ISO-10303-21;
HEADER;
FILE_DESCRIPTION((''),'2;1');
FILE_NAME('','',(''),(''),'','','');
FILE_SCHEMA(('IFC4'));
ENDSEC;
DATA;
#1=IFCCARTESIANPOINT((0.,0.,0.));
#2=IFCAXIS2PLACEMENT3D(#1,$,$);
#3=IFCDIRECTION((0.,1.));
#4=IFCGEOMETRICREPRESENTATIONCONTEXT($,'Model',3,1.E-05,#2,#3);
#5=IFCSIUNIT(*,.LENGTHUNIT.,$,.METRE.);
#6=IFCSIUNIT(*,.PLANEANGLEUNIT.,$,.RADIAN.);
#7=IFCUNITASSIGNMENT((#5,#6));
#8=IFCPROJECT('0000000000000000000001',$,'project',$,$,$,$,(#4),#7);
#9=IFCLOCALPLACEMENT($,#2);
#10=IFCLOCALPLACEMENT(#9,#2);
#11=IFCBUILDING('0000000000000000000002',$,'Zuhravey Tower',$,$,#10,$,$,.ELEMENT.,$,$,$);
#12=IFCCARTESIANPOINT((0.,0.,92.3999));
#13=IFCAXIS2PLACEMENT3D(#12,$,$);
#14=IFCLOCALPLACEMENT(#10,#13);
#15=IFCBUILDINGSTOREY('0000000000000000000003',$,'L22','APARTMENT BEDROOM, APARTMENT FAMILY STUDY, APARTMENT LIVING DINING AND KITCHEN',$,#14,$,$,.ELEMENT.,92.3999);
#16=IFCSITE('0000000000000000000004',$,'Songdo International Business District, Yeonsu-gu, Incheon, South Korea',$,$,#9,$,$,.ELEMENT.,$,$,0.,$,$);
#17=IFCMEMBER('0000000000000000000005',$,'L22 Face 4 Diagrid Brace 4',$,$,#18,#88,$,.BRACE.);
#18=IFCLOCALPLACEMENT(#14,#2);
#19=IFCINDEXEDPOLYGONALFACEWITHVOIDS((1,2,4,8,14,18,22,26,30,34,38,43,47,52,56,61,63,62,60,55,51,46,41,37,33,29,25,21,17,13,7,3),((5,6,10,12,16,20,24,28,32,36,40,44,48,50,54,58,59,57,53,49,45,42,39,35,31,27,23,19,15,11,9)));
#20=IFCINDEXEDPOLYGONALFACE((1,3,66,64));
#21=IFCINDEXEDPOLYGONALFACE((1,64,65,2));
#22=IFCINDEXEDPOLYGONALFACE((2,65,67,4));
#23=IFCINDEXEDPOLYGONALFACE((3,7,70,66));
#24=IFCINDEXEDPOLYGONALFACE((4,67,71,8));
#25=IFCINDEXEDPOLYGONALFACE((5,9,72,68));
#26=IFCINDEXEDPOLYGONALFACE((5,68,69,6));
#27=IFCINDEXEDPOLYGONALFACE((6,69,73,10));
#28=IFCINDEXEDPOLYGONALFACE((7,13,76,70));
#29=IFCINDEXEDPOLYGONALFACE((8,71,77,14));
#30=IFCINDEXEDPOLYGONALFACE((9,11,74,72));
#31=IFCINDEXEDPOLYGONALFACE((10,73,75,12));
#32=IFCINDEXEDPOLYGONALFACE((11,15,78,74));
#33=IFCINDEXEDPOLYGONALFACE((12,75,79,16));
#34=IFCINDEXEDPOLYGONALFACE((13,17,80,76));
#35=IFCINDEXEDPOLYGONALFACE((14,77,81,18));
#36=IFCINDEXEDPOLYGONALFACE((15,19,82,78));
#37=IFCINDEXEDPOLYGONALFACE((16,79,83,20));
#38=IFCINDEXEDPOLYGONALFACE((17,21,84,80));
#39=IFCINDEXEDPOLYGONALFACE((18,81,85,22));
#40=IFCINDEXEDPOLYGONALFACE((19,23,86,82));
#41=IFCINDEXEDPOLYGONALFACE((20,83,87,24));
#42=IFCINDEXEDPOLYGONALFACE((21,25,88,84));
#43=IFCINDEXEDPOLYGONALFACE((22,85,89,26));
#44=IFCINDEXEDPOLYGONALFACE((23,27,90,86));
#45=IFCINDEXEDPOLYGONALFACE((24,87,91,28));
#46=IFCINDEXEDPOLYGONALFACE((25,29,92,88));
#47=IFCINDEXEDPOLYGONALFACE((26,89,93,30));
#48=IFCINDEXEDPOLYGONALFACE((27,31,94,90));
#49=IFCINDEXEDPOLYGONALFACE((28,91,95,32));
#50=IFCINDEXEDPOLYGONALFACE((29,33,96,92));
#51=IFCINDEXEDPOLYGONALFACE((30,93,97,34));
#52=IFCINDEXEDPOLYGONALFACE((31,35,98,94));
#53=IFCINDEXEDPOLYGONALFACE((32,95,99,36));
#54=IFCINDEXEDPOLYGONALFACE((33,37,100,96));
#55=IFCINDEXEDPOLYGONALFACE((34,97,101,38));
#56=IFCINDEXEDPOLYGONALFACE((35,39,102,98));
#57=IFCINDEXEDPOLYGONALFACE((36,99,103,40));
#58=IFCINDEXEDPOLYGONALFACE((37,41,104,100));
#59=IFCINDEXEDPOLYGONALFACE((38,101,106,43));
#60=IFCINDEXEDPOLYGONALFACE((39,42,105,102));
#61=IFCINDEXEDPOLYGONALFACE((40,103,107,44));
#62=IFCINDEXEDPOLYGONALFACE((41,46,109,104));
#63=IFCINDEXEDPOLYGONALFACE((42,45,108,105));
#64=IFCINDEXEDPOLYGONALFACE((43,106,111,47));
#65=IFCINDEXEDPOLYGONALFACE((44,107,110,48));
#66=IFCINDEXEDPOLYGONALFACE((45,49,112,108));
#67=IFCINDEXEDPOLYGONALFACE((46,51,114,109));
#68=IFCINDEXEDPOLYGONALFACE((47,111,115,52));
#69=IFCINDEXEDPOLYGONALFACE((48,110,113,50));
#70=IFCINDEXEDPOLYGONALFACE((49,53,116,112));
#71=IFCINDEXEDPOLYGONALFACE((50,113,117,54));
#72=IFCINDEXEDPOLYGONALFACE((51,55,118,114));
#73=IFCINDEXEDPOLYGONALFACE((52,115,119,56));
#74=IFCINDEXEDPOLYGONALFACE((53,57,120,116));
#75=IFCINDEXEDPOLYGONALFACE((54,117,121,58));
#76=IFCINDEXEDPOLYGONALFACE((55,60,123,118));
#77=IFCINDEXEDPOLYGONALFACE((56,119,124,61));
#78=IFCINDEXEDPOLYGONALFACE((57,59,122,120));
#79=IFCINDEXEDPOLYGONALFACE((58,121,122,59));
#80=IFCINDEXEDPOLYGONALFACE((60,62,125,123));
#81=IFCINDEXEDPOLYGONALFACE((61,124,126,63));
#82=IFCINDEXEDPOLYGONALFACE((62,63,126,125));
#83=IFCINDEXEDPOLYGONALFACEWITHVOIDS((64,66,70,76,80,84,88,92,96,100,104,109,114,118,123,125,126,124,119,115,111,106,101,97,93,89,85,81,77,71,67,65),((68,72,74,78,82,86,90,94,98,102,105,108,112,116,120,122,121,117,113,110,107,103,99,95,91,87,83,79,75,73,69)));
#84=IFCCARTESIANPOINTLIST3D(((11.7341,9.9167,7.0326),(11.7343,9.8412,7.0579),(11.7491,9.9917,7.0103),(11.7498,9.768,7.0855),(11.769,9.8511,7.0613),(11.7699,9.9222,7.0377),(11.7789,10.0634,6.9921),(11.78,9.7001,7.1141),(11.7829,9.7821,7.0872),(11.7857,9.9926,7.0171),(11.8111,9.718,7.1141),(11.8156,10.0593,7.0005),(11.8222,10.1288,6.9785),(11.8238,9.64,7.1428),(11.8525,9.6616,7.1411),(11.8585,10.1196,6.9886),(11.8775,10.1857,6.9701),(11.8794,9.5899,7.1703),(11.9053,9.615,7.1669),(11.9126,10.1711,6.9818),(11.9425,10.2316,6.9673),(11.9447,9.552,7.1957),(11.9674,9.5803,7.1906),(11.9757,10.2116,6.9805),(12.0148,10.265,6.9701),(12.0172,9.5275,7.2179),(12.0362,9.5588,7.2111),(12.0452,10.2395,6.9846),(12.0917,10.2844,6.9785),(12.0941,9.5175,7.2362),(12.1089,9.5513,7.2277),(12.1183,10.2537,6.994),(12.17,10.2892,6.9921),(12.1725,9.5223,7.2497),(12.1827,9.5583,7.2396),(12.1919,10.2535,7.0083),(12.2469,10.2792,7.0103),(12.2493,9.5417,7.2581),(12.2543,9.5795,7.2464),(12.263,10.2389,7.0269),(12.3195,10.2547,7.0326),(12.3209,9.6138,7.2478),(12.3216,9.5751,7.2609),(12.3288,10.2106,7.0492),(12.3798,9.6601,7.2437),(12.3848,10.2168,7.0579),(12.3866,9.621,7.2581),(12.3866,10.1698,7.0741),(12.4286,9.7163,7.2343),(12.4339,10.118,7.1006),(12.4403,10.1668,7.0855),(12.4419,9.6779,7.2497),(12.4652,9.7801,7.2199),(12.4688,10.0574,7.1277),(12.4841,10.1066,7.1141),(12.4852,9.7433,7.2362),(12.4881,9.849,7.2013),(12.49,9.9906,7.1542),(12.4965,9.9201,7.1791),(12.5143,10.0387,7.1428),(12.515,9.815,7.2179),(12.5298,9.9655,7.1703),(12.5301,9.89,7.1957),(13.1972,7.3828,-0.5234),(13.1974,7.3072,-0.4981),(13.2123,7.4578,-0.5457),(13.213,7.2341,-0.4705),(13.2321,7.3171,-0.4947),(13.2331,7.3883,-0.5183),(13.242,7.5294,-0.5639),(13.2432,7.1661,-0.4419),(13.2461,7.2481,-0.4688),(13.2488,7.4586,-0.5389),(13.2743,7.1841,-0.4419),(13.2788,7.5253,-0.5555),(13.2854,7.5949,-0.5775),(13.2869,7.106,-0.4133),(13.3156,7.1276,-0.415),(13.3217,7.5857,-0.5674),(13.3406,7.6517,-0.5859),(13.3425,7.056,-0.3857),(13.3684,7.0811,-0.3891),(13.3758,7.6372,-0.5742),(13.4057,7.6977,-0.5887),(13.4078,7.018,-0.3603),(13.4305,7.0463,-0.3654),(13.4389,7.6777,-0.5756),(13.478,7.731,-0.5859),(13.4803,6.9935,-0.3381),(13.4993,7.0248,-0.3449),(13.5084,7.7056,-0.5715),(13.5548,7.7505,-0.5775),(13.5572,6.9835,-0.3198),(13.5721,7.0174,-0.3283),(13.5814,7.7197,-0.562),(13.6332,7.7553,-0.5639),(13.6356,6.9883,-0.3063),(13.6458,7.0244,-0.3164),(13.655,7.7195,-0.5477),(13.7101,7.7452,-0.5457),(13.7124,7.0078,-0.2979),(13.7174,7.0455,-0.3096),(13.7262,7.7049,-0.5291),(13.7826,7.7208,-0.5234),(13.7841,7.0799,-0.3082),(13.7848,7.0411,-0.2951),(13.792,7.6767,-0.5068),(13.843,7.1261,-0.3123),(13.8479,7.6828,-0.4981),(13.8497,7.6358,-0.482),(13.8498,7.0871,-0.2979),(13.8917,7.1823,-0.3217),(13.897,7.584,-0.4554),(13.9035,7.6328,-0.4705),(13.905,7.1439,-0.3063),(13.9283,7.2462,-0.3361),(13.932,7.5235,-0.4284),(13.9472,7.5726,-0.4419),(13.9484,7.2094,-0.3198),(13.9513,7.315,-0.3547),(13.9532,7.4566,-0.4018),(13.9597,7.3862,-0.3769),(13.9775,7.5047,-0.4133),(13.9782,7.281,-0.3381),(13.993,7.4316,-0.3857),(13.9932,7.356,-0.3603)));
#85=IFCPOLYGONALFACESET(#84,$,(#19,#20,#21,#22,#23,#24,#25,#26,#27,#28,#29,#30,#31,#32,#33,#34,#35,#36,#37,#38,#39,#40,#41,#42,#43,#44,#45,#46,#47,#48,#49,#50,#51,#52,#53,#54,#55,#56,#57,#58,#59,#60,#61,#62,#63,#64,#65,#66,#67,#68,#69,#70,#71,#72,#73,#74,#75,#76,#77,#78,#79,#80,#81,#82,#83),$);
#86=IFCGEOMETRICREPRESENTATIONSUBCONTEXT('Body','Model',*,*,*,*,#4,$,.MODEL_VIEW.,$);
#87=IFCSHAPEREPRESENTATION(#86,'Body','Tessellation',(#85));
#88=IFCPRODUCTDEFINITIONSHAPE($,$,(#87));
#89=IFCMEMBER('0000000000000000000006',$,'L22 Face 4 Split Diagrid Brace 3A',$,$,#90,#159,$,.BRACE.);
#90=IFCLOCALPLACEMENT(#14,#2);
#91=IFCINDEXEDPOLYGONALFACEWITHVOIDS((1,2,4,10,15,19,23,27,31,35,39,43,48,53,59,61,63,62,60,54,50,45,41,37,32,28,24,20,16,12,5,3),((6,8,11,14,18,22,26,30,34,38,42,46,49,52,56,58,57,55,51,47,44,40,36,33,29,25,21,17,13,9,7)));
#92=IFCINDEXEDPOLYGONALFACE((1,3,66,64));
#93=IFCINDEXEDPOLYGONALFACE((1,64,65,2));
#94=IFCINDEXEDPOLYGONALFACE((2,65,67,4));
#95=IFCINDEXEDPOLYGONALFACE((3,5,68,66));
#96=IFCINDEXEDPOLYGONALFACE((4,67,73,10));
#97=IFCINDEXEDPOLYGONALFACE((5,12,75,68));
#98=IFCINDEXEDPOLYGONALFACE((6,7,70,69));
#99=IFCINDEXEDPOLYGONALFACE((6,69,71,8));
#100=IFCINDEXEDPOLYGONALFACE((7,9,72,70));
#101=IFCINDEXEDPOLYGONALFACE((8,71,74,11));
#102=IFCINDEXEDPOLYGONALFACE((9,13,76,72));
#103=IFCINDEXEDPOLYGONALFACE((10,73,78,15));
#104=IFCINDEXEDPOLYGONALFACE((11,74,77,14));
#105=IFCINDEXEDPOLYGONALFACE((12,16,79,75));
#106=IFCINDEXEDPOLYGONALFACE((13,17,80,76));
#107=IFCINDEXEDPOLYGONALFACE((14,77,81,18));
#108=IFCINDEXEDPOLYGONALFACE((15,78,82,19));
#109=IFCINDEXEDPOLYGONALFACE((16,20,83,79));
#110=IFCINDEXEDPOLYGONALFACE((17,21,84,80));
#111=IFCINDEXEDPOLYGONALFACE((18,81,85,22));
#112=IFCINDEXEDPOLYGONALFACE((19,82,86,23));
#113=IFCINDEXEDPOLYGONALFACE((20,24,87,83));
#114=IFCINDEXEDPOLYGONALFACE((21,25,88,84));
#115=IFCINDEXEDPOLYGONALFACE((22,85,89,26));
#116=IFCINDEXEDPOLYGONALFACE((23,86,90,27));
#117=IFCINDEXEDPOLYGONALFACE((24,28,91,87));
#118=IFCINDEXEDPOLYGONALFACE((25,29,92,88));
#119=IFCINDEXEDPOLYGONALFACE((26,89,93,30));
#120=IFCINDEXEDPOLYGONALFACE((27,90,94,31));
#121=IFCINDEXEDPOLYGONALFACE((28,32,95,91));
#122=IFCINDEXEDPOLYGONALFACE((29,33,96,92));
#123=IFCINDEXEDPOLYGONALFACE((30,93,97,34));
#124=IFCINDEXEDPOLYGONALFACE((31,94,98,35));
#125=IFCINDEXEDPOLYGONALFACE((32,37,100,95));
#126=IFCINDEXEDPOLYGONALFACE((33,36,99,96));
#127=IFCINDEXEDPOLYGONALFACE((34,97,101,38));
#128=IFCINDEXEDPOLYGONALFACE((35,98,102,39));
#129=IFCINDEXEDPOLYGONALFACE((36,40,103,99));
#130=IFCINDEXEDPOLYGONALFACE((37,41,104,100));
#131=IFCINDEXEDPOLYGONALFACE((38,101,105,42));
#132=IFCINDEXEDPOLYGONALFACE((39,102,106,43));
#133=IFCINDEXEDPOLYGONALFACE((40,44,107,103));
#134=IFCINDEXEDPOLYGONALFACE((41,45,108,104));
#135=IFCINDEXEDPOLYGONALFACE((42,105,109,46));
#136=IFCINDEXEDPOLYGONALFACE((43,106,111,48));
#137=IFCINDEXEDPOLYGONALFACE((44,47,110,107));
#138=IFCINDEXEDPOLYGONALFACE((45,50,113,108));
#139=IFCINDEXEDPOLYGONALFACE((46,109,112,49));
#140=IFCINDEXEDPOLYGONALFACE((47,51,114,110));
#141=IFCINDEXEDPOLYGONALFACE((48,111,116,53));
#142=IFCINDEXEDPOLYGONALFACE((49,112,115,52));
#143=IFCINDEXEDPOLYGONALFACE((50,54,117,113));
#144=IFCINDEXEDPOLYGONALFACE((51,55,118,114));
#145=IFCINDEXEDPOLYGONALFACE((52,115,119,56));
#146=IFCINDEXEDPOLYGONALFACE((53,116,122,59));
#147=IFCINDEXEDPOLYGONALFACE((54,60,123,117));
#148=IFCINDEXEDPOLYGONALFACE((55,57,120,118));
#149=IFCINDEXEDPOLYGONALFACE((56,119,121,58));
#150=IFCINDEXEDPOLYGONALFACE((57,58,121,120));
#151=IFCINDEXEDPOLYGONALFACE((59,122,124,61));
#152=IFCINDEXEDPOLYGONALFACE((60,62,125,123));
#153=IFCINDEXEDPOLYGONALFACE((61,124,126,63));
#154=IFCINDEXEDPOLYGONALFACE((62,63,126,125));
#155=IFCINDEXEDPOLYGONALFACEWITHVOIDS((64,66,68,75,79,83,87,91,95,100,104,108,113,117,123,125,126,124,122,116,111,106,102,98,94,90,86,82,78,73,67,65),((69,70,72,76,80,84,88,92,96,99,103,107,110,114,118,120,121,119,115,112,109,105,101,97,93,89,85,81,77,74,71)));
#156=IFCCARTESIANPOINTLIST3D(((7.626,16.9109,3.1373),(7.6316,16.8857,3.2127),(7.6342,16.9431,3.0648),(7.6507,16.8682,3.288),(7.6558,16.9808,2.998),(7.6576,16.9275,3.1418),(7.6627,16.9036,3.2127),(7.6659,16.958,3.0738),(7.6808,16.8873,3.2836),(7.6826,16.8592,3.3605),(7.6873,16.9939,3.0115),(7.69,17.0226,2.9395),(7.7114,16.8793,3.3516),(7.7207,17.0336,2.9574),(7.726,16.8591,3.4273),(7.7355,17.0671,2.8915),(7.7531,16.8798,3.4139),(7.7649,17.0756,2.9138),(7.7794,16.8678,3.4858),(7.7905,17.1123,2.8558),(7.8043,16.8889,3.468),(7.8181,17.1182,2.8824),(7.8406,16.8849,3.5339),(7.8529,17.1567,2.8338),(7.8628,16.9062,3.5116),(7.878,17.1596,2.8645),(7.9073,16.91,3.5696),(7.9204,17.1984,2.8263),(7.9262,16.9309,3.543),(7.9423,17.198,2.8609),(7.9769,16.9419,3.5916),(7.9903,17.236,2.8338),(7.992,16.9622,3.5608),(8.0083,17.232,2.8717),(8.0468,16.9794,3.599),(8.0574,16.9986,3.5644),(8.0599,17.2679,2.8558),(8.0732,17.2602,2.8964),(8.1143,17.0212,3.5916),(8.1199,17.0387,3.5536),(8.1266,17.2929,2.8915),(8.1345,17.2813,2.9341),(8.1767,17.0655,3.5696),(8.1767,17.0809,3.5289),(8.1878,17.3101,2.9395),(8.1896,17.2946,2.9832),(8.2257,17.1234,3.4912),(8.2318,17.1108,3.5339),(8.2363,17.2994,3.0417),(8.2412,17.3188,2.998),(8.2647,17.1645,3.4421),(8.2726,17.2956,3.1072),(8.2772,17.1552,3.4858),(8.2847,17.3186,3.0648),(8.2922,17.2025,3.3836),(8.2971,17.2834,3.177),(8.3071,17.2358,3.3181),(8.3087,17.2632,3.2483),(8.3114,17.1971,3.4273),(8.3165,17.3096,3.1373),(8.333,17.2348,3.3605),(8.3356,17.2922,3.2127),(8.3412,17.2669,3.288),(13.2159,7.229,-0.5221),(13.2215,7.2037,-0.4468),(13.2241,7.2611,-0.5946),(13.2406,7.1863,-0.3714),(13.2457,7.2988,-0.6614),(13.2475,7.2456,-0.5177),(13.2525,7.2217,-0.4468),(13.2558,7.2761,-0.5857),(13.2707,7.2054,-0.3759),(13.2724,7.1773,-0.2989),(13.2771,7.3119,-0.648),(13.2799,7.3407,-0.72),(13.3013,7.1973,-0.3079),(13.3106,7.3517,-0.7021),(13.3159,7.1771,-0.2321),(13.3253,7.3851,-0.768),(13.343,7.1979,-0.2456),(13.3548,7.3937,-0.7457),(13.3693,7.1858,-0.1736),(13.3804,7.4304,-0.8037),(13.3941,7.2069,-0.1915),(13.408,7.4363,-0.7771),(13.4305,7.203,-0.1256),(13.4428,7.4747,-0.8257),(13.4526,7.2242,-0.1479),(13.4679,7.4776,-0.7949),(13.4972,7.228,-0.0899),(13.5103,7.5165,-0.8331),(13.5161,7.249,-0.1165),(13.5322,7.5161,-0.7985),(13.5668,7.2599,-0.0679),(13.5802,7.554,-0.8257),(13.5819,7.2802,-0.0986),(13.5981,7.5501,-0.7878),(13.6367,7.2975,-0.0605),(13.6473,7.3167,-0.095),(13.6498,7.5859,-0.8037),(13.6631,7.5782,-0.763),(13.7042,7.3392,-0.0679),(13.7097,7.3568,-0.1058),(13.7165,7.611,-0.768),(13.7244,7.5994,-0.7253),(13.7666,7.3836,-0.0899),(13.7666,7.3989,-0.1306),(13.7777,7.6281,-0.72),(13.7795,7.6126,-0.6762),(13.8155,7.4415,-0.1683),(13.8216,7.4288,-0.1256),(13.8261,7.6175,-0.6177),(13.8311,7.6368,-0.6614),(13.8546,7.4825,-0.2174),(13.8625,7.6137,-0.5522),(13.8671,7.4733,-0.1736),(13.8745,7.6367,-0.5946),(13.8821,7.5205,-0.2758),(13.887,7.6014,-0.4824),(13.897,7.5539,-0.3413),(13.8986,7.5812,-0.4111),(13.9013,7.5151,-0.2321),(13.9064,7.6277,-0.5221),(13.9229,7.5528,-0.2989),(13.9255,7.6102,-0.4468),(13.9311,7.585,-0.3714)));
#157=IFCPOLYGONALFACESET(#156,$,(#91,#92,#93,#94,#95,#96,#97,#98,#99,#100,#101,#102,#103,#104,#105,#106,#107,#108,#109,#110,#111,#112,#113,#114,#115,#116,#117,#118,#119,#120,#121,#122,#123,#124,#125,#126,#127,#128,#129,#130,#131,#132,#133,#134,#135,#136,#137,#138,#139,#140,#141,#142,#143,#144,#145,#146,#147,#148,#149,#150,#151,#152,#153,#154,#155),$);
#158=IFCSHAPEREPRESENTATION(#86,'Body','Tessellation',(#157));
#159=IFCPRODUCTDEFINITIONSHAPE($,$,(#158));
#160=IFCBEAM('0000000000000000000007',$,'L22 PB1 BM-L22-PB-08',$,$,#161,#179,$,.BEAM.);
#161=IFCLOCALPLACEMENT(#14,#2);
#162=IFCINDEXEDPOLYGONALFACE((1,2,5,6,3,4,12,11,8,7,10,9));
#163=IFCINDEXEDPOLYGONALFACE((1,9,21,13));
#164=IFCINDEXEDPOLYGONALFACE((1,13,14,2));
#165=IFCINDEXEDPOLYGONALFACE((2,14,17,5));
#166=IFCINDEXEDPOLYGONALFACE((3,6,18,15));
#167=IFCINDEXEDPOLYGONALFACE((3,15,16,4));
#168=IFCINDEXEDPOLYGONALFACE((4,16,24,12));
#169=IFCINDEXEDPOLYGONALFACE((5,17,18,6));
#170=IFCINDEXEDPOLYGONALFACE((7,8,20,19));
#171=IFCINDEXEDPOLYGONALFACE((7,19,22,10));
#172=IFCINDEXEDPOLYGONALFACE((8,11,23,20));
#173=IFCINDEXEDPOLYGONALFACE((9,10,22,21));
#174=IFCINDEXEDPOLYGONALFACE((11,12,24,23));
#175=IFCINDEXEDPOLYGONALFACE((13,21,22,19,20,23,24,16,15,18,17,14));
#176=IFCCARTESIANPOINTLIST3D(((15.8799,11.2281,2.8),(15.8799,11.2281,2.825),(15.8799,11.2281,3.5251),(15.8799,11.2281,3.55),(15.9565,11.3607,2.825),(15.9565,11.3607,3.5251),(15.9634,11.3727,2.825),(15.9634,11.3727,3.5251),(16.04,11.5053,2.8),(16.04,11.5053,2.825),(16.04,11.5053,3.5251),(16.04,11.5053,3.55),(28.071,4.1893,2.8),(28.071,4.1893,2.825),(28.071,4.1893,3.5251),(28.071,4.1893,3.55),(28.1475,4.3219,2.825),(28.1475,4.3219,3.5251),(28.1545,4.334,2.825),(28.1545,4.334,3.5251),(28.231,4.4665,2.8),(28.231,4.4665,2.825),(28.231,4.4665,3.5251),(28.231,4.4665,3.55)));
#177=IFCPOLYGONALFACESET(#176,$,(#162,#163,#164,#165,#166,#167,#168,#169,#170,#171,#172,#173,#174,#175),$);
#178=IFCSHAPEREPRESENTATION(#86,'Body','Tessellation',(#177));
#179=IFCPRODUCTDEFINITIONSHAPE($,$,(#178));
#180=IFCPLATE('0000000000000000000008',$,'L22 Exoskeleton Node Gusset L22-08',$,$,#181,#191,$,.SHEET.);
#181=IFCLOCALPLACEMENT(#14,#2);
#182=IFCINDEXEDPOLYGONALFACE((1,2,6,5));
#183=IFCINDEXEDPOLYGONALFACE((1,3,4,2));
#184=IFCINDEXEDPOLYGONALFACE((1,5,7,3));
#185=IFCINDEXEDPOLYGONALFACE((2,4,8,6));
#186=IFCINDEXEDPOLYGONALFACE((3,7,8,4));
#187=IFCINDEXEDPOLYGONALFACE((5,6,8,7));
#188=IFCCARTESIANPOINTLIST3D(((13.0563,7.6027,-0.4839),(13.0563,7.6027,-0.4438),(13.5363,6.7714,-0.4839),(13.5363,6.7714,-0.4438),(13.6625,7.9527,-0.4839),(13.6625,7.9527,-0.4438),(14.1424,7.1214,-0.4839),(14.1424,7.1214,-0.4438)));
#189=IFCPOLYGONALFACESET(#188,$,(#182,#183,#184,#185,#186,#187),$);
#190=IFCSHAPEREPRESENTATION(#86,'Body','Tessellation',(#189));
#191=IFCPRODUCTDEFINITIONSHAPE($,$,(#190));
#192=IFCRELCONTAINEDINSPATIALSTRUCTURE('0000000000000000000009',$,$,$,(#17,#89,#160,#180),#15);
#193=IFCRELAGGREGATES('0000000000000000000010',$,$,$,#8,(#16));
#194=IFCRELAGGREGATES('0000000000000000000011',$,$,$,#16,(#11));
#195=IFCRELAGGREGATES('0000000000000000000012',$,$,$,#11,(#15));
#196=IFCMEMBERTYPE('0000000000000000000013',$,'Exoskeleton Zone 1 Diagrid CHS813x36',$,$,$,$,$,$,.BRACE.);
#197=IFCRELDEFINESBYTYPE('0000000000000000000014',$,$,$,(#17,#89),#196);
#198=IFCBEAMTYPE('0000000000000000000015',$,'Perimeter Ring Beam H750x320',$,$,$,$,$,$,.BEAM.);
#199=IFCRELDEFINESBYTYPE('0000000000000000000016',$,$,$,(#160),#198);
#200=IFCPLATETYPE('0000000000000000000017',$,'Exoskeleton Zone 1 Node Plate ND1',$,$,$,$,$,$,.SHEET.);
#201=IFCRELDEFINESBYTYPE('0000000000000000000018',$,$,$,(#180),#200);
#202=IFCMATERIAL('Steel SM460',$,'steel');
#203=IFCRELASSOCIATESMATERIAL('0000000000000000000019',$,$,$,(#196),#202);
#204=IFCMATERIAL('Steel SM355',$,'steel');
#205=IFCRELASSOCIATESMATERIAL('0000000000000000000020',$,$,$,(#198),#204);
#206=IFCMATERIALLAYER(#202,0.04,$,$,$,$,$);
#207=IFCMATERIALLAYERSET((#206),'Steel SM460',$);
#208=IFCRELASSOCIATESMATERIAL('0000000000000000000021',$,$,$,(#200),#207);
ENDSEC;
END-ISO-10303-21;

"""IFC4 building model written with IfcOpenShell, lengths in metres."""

from ifc_helpers import new_model, si_unit, direction, frame, origin, origin_2d, place, context, subcontext, project, spatial, rectangle, hollow_circle, i_section, extrude, material, layer, layer_set, material_profile, profile_set, type_object, element, save


model = new_model("IFC4")

# Units and contexts
model_context = context("Model", 3, precision=1e-05, world=origin(), true_north=direction((0.0, 1.0)))
body_context = subcontext(model_context, "Body", "Model", "MODEL_VIEW")
ifc_project = project(units=[si_unit("LENGTHUNIT", "METRE"), si_unit("PLANEANGLEUNIT", "RADIAN")], contexts=[model_context])

# Site, building, storey
site_placement = place(None, origin())
site = spatial("IfcSite", under=ifc_project, at=site_placement, Name="Songdo International Business District, Yeonsu-gu, Incheon, South Korea", CompositionType="ELEMENT", RefElevation=0.0)
building_placement = place(site_placement, origin())
building = spatial("IfcBuilding", under=site, at=building_placement, Name="Zuhravey Tower", CompositionType="ELEMENT")
storey_placement = place(building_placement, frame((0.0, 0.0, 92.3999)))
storey = spatial("IfcBuildingStorey", under=building, at=storey_placement, Name="L22", Description="APARTMENT BEDROOM, APARTMENT FAMILY STUDY, APARTMENT LIVING DINING AND KITCHEN", CompositionType="ELEMENT", Elevation=92.3999)

# Members
ifc_material_1 = material(Name="Steel SM460", Category="steel")
ifc_material_profile_1 = material_profile(ifc_material_1, hollow_circle(Radius=0.4065, WallThickness=0.0359, at=origin_2d()), Name="CHS-812.8x36")
ifc_profile_set_1 = profile_set([ifc_material_profile_1], Name="Steel SM460")
member_type_1 = type_object("IfcMemberType", Name="Exoskeleton Zone 1 Diagrid CHS813x36", PredefinedType="BRACE", material=ifc_profile_set_1)
member_1_placement = place(storey_placement, frame((13.5952, 7.3694, -0.4419), z_axis=(-0.180574, 0.312728, 0.93252), x_axis=(-0.866001, -0.500043, 0.0)))
element("IfcMember", 1, at=member_1_placement, inside=storey, type_object=member_type_1, Name="L22 Face 4 Diagrid Brace 4", PredefinedType="BRACE", context=body_context, shape_type="SweptSolid", body=[
    extrude(hollow_circle(Radius=0.4065, WallThickness=0.0359, at=origin_2d()), origin(), (0.0, 0.0, 1.0), 8.1028),
])
member_2_placement = place(storey_placement, frame((13.5735, 7.407, -0.4468), z_axis=(-0.475191, 0.823054, 0.311087), x_axis=(-0.866025, -0.5, 0.0)))
element("IfcMember", 2, at=member_2_placement, inside=storey, type_object=member_type_1, Name="L22 Face 4 Split Diagrid Brace 3A", PredefinedType="BRACE", context=body_context, shape_type="SweptSolid", body=[
    extrude(hollow_circle(Radius=0.4065, WallThickness=0.0359, at=origin_2d()), origin(), (0.0, 0.0, 1.0), 11.7634),
])

# Beam
ifc_material_2 = material(Name="Steel SM355", Category="steel")
ifc_material_profile_2 = material_profile(ifc_material_2, i_section(OverallWidth=0.3201, OverallDepth=0.75, WebThickness=0.0139, FlangeThickness=0.0249, at=origin_2d()), Name="H-750x320x14x25")
ifc_profile_set_2 = profile_set([ifc_material_profile_2], Name="Steel SM355")
beam_type = type_object("IfcBeamType", Name="Perimeter Ring Beam H750x320", PredefinedType="BEAM", material=ifc_profile_set_2)
beam_placement = place(storey_placement, frame((15.96, 11.3667, 3.175), z_axis=(0.866018, -0.500013, 0.0), x_axis=(0.500013, 0.866018, 0.0)))
element("IfcBeam", 3, at=beam_placement, inside=storey, type_object=beam_type, Name="L22 PB1 BM-L22-PB-08", PredefinedType="BEAM", context=body_context, shape_type="SweptSolid", body=[
    extrude(i_section(OverallWidth=0.3201, OverallDepth=0.75, WebThickness=0.0139, FlangeThickness=0.0249, at=origin_2d()), origin(), (0.0, 0.0, 1.0), 14.0771),
])

# Plate
ifc_layer_1 = layer(ifc_material_1, 0.04)
ifc_layer_set_1 = layer_set([ifc_layer_1], Name="Steel SM460")
plate_type_1 = type_object("IfcPlateType", Name="Exoskeleton Zone 1 Node Plate ND1", PredefinedType="SHEET", material=ifc_layer_set_1)
plate_1_placement = place(storey_placement, frame((13.5994, 7.3621, -0.4839), z_axis=(0.0, 0.0, 1.0), x_axis=(0.5, -0.866025, 0.0)))
element("IfcPlate", 4, at=plate_1_placement, inside=storey, type_object=plate_type_1, Name="L22 Exoskeleton Node Gusset L22-08", PredefinedType="SHEET", context=body_context, shape_type="SweptSolid", body=[
    extrude(rectangle(XDim=0.96, YDim=0.7, at=origin_2d()), origin(), (0.0, 0.0, 1.0), 0.04),
])

save(model, "model.ifc")
